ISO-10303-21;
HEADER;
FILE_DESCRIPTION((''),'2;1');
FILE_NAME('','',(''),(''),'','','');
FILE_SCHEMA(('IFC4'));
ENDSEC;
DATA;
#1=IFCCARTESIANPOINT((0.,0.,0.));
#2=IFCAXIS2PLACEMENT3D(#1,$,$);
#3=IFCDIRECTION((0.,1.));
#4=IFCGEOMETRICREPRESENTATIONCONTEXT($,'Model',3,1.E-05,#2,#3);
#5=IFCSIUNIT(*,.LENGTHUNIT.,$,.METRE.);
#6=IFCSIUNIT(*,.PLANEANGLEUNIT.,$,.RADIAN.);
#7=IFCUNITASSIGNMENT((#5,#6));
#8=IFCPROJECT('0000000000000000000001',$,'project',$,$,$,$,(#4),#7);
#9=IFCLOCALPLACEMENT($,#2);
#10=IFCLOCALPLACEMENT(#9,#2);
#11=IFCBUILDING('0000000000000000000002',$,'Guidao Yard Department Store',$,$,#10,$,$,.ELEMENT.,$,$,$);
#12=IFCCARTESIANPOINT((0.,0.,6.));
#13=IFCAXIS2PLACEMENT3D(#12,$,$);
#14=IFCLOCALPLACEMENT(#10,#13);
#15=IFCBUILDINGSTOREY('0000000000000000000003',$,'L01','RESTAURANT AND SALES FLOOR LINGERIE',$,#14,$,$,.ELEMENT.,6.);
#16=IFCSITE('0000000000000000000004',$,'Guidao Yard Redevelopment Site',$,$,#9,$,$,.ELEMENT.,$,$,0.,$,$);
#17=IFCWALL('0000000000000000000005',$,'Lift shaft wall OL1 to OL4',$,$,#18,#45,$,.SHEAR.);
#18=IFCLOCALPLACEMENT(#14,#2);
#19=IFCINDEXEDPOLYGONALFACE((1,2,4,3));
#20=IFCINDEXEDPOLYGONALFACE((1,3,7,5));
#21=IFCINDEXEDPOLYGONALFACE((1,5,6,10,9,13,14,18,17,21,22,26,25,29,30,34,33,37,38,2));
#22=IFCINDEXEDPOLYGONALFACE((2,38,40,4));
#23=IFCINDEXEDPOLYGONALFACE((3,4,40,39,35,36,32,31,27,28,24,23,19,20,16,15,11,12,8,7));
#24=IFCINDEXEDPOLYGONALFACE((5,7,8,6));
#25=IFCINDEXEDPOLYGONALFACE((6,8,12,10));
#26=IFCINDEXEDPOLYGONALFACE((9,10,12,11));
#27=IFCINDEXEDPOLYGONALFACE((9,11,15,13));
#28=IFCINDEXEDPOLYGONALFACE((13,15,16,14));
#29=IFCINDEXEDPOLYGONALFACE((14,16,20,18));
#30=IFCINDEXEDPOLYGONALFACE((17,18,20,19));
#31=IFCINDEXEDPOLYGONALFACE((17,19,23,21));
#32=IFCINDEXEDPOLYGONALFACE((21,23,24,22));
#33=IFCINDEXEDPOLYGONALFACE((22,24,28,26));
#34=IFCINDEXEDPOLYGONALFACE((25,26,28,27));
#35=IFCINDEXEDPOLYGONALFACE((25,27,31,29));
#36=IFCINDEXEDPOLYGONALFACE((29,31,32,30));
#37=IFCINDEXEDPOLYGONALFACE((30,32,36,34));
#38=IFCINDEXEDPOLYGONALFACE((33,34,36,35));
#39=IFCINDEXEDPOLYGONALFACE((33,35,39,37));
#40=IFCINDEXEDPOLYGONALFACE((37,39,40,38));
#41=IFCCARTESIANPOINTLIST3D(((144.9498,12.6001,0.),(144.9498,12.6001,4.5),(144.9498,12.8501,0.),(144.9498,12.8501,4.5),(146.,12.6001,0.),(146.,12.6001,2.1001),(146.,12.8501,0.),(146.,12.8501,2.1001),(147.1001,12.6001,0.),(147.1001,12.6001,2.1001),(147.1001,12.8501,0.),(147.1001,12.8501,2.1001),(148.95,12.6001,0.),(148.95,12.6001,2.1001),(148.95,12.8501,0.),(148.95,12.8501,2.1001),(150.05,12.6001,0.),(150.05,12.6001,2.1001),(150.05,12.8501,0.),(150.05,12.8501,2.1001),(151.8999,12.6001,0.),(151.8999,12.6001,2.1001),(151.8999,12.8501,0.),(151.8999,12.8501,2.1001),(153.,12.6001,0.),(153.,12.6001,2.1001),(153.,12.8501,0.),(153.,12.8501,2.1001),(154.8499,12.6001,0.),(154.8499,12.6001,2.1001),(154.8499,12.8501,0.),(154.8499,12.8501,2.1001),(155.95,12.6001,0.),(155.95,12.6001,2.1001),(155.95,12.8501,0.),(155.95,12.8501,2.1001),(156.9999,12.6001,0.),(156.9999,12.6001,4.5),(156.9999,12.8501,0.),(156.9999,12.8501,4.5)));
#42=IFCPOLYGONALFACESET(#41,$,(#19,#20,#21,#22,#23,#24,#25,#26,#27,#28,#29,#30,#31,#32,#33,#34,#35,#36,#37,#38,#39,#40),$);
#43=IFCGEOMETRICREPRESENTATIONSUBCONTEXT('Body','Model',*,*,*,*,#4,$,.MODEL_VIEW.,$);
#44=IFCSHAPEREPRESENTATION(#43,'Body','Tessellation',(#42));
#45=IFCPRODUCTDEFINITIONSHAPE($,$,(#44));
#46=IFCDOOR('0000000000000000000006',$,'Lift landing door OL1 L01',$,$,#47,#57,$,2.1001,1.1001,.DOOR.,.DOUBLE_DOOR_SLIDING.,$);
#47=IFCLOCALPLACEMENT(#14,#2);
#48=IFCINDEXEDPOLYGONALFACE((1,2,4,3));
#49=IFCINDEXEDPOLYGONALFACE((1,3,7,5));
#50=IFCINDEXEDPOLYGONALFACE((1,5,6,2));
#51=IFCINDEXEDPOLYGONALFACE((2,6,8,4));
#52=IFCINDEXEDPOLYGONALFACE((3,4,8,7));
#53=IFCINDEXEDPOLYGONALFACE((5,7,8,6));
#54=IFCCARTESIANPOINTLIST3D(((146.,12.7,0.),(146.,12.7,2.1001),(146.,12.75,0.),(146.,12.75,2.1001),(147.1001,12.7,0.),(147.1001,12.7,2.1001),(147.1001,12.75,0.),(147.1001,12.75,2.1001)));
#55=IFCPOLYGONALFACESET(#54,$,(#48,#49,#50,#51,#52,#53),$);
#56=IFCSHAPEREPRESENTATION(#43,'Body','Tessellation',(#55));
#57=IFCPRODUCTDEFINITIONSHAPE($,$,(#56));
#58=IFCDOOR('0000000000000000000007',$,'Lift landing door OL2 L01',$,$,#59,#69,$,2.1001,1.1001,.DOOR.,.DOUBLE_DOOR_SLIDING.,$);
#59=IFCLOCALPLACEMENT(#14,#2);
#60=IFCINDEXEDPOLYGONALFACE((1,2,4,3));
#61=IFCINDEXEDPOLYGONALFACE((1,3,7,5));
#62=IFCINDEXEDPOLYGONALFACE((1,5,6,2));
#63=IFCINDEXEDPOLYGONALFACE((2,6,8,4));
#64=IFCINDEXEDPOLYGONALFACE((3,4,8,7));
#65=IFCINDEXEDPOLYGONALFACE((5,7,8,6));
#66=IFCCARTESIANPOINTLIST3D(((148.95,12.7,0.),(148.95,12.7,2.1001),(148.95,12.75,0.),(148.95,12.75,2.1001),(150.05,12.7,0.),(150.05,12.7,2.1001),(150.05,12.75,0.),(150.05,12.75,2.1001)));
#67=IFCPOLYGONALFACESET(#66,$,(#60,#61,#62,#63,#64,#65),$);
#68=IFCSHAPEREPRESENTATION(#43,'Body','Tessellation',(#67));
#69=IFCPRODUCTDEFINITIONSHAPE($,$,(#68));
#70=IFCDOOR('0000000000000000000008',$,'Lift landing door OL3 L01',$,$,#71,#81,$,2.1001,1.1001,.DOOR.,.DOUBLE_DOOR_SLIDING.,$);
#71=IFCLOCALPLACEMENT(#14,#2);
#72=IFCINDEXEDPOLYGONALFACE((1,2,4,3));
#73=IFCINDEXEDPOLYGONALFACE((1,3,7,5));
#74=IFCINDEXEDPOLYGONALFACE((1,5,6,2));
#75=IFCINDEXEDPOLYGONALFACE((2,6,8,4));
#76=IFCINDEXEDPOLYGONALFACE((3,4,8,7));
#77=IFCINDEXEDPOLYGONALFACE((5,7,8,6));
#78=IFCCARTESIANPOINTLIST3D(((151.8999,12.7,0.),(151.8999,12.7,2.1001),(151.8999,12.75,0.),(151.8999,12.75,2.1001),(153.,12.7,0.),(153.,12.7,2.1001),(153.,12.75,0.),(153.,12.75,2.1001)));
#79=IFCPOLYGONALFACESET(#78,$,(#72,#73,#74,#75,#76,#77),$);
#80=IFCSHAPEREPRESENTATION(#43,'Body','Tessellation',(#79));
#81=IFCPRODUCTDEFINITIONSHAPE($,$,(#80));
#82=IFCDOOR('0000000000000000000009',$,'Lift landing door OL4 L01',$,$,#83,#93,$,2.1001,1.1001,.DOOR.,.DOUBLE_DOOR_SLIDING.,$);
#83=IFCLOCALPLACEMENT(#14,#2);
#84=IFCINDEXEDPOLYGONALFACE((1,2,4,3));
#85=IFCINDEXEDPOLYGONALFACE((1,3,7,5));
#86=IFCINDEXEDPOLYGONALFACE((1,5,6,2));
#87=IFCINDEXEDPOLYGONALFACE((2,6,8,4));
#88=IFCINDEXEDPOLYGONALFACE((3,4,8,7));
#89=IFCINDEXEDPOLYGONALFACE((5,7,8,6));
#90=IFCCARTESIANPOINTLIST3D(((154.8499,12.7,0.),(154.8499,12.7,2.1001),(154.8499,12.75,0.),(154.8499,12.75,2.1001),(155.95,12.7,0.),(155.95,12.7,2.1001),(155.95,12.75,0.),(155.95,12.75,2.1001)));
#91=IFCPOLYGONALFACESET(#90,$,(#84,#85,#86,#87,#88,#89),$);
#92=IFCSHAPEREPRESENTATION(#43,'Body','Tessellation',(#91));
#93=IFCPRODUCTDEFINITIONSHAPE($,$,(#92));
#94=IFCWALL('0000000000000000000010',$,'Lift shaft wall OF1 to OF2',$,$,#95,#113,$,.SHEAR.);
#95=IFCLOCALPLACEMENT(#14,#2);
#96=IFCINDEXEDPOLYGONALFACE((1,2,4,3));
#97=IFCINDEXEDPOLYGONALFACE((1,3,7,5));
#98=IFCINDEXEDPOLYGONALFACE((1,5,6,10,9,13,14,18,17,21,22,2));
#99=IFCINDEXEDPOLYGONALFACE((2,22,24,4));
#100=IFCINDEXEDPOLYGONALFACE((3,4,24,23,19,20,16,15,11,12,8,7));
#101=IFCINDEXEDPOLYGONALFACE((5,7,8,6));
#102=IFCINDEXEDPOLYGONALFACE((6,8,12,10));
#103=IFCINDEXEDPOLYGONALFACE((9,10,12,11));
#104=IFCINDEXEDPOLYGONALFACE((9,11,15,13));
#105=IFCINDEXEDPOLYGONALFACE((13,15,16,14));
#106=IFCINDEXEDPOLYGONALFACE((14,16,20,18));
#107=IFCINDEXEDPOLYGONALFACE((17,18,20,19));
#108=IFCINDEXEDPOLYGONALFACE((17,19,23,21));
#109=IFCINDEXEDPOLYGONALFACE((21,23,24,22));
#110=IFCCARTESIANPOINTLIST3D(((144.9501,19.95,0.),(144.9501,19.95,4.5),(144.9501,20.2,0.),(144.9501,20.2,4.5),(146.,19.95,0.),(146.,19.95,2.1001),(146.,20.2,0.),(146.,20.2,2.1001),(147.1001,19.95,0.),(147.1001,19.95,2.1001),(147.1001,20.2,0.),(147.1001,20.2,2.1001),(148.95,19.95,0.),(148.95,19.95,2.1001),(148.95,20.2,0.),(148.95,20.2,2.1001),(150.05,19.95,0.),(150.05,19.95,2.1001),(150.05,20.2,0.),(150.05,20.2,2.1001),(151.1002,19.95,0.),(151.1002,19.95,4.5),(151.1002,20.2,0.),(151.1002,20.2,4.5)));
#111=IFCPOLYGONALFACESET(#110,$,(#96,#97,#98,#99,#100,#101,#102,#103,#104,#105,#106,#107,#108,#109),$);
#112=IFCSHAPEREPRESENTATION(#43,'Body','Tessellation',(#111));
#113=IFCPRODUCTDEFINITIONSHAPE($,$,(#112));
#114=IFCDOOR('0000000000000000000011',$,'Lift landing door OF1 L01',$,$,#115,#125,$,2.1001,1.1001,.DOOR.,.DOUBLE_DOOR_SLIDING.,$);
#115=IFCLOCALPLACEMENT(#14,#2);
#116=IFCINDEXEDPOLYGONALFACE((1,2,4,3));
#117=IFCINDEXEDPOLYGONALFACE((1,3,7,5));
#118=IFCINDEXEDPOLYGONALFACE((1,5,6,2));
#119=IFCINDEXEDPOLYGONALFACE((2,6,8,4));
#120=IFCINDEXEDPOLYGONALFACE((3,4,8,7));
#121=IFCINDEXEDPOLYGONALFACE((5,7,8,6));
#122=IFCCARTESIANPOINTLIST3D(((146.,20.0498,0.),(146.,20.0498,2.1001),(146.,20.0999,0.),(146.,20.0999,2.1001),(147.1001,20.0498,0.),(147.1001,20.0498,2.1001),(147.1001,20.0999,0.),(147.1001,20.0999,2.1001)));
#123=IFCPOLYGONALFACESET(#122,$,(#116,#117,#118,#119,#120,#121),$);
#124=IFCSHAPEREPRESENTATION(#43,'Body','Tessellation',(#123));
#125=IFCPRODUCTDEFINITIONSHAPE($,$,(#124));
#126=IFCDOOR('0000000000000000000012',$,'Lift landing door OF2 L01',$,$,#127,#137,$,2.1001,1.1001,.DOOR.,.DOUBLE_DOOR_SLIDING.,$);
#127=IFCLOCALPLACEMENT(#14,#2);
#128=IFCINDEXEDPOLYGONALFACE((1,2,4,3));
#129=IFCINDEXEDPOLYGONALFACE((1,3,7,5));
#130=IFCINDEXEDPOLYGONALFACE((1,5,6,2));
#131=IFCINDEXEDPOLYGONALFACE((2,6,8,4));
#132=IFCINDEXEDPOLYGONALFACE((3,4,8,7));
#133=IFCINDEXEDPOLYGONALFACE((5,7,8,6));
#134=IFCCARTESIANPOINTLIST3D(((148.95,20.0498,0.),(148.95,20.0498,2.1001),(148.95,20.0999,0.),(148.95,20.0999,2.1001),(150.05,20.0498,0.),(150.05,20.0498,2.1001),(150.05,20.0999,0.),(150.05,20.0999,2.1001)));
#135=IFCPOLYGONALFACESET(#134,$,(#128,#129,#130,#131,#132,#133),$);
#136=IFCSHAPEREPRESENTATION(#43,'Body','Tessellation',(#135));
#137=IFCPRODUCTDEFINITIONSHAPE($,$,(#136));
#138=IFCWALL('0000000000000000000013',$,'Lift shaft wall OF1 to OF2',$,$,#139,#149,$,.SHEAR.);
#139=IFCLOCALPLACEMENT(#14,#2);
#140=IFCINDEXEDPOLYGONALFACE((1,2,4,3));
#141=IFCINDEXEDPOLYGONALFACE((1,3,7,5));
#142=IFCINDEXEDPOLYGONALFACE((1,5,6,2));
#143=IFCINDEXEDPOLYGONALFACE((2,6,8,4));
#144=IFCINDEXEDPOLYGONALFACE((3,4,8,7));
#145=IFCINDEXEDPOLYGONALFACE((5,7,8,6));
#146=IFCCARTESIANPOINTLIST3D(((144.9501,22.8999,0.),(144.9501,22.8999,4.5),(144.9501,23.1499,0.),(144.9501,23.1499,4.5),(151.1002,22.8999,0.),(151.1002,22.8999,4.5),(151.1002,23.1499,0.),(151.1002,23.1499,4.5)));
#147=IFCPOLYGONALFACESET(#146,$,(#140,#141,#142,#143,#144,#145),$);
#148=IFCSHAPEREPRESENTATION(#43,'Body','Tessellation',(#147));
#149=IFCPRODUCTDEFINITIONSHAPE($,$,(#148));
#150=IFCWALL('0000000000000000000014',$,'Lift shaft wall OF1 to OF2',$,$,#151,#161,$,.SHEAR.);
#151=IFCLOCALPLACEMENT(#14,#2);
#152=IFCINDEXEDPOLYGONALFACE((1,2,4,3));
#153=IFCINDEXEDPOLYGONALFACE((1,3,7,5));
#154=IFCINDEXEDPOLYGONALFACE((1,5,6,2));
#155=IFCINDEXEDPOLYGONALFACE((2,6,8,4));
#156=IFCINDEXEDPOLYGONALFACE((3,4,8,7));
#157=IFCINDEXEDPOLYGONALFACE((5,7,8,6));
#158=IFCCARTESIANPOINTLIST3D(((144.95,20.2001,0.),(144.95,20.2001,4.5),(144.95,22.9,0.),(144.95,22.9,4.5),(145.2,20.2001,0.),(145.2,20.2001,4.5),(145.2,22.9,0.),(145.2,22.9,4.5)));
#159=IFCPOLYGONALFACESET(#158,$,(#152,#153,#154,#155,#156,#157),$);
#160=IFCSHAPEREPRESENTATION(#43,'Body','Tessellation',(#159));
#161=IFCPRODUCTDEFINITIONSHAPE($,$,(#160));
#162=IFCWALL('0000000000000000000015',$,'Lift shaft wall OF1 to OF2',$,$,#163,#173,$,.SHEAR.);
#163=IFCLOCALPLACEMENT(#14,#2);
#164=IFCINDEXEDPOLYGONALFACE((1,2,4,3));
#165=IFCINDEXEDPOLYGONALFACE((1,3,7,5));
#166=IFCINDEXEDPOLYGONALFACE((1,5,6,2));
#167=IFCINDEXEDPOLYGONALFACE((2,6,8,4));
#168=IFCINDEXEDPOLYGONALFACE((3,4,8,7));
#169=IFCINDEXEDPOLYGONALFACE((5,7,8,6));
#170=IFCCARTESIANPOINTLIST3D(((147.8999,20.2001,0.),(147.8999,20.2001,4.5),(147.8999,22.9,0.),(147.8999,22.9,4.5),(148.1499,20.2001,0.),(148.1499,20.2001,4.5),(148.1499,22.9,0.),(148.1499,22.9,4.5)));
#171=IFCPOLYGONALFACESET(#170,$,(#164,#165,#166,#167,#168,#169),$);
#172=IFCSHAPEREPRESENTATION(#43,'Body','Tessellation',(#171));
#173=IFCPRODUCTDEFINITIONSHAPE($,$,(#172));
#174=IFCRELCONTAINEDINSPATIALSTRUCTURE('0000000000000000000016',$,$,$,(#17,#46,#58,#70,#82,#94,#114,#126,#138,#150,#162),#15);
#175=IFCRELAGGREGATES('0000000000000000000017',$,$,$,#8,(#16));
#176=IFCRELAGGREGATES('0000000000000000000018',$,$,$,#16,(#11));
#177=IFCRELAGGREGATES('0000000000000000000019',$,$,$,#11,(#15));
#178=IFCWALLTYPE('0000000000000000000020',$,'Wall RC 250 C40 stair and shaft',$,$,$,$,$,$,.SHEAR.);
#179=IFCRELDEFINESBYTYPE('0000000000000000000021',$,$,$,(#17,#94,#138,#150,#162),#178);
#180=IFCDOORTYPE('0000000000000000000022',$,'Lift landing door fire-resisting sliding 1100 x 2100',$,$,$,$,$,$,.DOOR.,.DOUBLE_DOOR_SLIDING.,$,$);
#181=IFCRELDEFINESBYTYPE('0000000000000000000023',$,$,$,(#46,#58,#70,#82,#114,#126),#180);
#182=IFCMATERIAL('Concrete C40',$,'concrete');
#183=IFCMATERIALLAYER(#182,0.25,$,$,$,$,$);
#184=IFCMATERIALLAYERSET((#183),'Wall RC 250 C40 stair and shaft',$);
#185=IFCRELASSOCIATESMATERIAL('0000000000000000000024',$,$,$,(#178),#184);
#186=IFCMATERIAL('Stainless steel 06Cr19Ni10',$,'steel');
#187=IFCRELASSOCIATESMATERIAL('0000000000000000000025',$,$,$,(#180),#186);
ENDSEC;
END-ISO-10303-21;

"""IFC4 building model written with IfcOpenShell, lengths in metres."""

from ifc_helpers import new_model, si_unit, direction, frame, frame_2d, origin, place, context, subcontext, project, spatial, rectangle, extrude, material, layer, layer_set, type_object, element, fill, save


model = new_model("IFC4")

# Units and contexts
model_context = context("Model", 3, precision=1e-05, world=origin(), true_north=direction((0.0, 1.0)))
body_context = subcontext(model_context, "Body", "Model", "MODEL_VIEW")
ifc_project = project(units=[si_unit("LENGTHUNIT", "METRE"), si_unit("PLANEANGLEUNIT", "RADIAN")], contexts=[model_context])

# Site, building, storey
site_placement = place(None, origin())
site = spatial("IfcSite", under=ifc_project, at=site_placement, Name="Guidao Yard Redevelopment Site", CompositionType="ELEMENT", RefElevation=0.0)
building_placement = place(site_placement, origin())
building = spatial("IfcBuilding", under=site, at=building_placement, Name="Guidao Yard Department Store", CompositionType="ELEMENT")
storey_placement = place(building_placement, frame((0.0, 0.0, 6.0)))
storey = spatial("IfcBuildingStorey", under=building, at=storey_placement, Name="L01", Description="RESTAURANT AND SALES FLOOR LINGERIE", CompositionType="ELEMENT", Elevation=6.0)

# Walls, openings, doors
ifc_material_1 = material(Name="Concrete C40", Category="concrete")
ifc_layer_1 = layer(ifc_material_1, 0.25)
ifc_layer_set_1 = layer_set([ifc_layer_1], Name="Wall RC 250 C40 stair and shaft")
wall_type_1 = type_object("IfcWallType", Name="Wall RC 250 C40 stair and shaft", PredefinedType="SHEAR", material=ifc_layer_set_1)
wall_1_placement = place(storey_placement, frame((144.95, 12.7251, 0.0), z_axis=(0.0, 0.0, 1.0), x_axis=(1.0, 0.0, 0.0)))
wall_1 = element("IfcWall", 1, at=wall_1_placement, inside=storey, type_object=wall_type_1, Name="Lift shaft wall OL1 to OL4", PredefinedType="SHEAR", context=body_context, shape_type="SweptSolid", body=[
    extrude(rectangle(XDim=12.05, YDim=0.25, at=frame_2d((6.0249, 0.0))), origin(), (0.0, 0.0, 1.0), 4.5),
])
opening_1_placement = place(wall_1_placement, frame((1.05, 0.0, 0.0)))
opening_1 = element("IfcOpeningElement", 2, at=opening_1_placement, cuts=wall_1, PredefinedType="OPENING", context=body_context, shape_type="SweptSolid", body=[
    extrude(rectangle(XDim=1.1001, YDim=2.1001, at=frame_2d((0.55, 1.05))), frame((0.0, 0.135, 0.0), z_axis=(0.0, -1.0, 0.0), x_axis=(1.0, 0.0, 0.0)), (0.0, 0.0, 1.0), 0.27),
])
opening_2_placement = place(wall_1_placement, frame((4.0, 0.0, 0.0)))
opening_2 = element("IfcOpeningElement", 3, at=opening_2_placement, cuts=wall_1, PredefinedType="OPENING", context=body_context, shape_type="SweptSolid", body=[
    extrude(rectangle(XDim=1.1001, YDim=2.1001, at=frame_2d((0.55, 1.05))), frame((0.0, 0.135, 0.0), z_axis=(0.0, -1.0, 0.0), x_axis=(1.0, 0.0, 0.0)), (0.0, 0.0, 1.0), 0.27),
])
opening_3_placement = place(wall_1_placement, frame((6.95, 0.0, 0.0)))
opening_3 = element("IfcOpeningElement", 4, at=opening_3_placement, cuts=wall_1, PredefinedType="OPENING", context=body_context, shape_type="SweptSolid", body=[
    extrude(rectangle(XDim=1.1001, YDim=2.1001, at=frame_2d((0.55, 1.05))), frame((0.0, 0.135, 0.0), z_axis=(0.0, -1.0, 0.0), x_axis=(1.0, 0.0, 0.0)), (0.0, 0.0, 1.0), 0.27),
])
opening_4_placement = place(wall_1_placement, frame((9.8999, 0.0, 0.0)))
opening_4 = element("IfcOpeningElement", 5, at=opening_4_placement, cuts=wall_1, PredefinedType="OPENING", context=body_context, shape_type="SweptSolid", body=[
    extrude(rectangle(XDim=1.1001, YDim=2.1001, at=frame_2d((0.55, 1.05))), frame((0.0, 0.135, 0.0), z_axis=(0.0, -1.0, 0.0), x_axis=(1.0, 0.0, 0.0)), (0.0, 0.0, 1.0), 0.27),
])
ifc_material_2 = material(Name="Stainless steel 06Cr19Ni10", Category="steel")
door_type_1 = type_object("IfcDoorType", Name="Lift landing door fire-resisting sliding 1100 x 2100", OperationType="DOUBLE_DOOR_SLIDING", PredefinedType="DOOR", material=ifc_material_2)
door_1_placement = place(opening_1_placement, origin())
door_1 = element("IfcDoor", 6, at=door_1_placement, inside=storey, type_object=door_type_1, Name="Lift landing door OL1 L01", OperationType="DOUBLE_DOOR_SLIDING", OverallHeight=2.1001, OverallWidth=1.1001, PredefinedType="DOOR", context=body_context, shape_type="SweptSolid", body=[
    extrude(rectangle(XDim=1.1001, YDim=2.1001, at=frame_2d((0.55, 1.05))), frame((0.0, 0.0249, 0.0), z_axis=(0.0, -1.0, 0.0), x_axis=(1.0, 0.0, 0.0)), (0.0, 0.0, 1.0), 0.05),
])
fill(opening_1, door_1)
door_2_placement = place(opening_2_placement, origin())
door_2 = element("IfcDoor", 7, at=door_2_placement, inside=storey, type_object=door_type_1, Name="Lift landing door OL2 L01", OperationType="DOUBLE_DOOR_SLIDING", OverallHeight=2.1001, OverallWidth=1.1001, PredefinedType="DOOR", context=body_context, shape_type="SweptSolid", body=[
    extrude(rectangle(XDim=1.1001, YDim=2.1001, at=frame_2d((0.55, 1.05))), frame((0.0, 0.0249, 0.0), z_axis=(0.0, -1.0, 0.0), x_axis=(1.0, 0.0, 0.0)), (0.0, 0.0, 1.0), 0.05),
])
fill(opening_2, door_2)
door_3_placement = place(opening_3_placement, origin())
door_3 = element("IfcDoor", 8, at=door_3_placement, inside=storey, type_object=door_type_1, Name="Lift landing door OL3 L01", OperationType="DOUBLE_DOOR_SLIDING", OverallHeight=2.1001, OverallWidth=1.1001, PredefinedType="DOOR", context=body_context, shape_type="SweptSolid", body=[
    extrude(rectangle(XDim=1.1001, YDim=2.1001, at=frame_2d((0.55, 1.05))), frame((0.0, 0.0249, 0.0), z_axis=(0.0, -1.0, 0.0), x_axis=(1.0, 0.0, 0.0)), (0.0, 0.0, 1.0), 0.05),
])
fill(opening_3, door_3)
door_4_placement = place(opening_4_placement, origin())
door_4 = element("IfcDoor", 9, at=door_4_placement, inside=storey, type_object=door_type_1, Name="Lift landing door OL4 L01", OperationType="DOUBLE_DOOR_SLIDING", OverallHeight=2.1001, OverallWidth=1.1001, PredefinedType="DOOR", context=body_context, shape_type="SweptSolid", body=[
    extrude(rectangle(XDim=1.1001, YDim=2.1001, at=frame_2d((0.55, 1.05))), frame((0.0, 0.0249, 0.0), z_axis=(0.0, -1.0, 0.0), x_axis=(1.0, 0.0, 0.0)), (0.0, 0.0, 1.0), 0.05),
])
fill(opening_4, door_4)
wall_2_placement = place(storey_placement, frame((144.95, 20.075, 0.0), z_axis=(0.0, 0.0, 1.0), x_axis=(1.0, 0.0, 0.0)))
wall_2 = element("IfcWall", 10, at=wall_2_placement, inside=storey, type_object=wall_type_1, Name="Lift shaft wall OF1 to OF2", PredefinedType="SHEAR", context=body_context, shape_type="SweptSolid", body=[
    extrude(rectangle(XDim=6.1501, YDim=0.25, at=frame_2d((3.0752, 0.0))), origin(), (0.0, 0.0, 1.0), 4.5),
])
opening_5_placement = place(wall_2_placement, frame((1.05, 0.0, 0.0)))
opening_5 = element("IfcOpeningElement", 11, at=opening_5_placement, cuts=wall_2, PredefinedType="OPENING", context=body_context, shape_type="SweptSolid", body=[
    extrude(rectangle(XDim=1.1001, YDim=2.1001, at=frame_2d((0.55, 1.05))), frame((0.0, 0.135, 0.0), z_axis=(0.0, -1.0, 0.0), x_axis=(1.0, 0.0, 0.0)), (0.0, 0.0, 1.0), 0.27),
])
opening_6_placement = place(wall_2_placement, frame((4.0, 0.0, 0.0)))
opening_6 = element("IfcOpeningElement", 12, at=opening_6_placement, cuts=wall_2, PredefinedType="OPENING", context=body_context, shape_type="SweptSolid", body=[
    extrude(rectangle(XDim=1.1001, YDim=2.1001, at=frame_2d((0.55, 1.05))), frame((0.0, 0.135, 0.0), z_axis=(0.0, -1.0, 0.0), x_axis=(1.0, 0.0, 0.0)), (0.0, 0.0, 1.0), 0.27),
])
door_5_placement = place(opening_5_placement, origin())
door_5 = element("IfcDoor", 13, at=door_5_placement, inside=storey, type_object=door_type_1, Name="Lift landing door OF1 L01", OperationType="DOUBLE_DOOR_SLIDING", OverallHeight=2.1001, OverallWidth=1.1001, PredefinedType="DOOR", context=body_context, shape_type="SweptSolid", body=[
    extrude(rectangle(XDim=1.1001, YDim=2.1001, at=frame_2d((0.55, 1.05))), frame((0.0, 0.0249, 0.0), z_axis=(0.0, -1.0, 0.0), x_axis=(1.0, 0.0, 0.0)), (0.0, 0.0, 1.0), 0.05),
])
fill(opening_5, door_5)
door_6_placement = place(opening_6_placement, origin())
door_6 = element("IfcDoor", 14, at=door_6_placement, inside=storey, type_object=door_type_1, Name="Lift landing door OF2 L01", OperationType="DOUBLE_DOOR_SLIDING", OverallHeight=2.1001, OverallWidth=1.1001, PredefinedType="DOOR", context=body_context, shape_type="SweptSolid", body=[
    extrude(rectangle(XDim=1.1001, YDim=2.1001, at=frame_2d((0.55, 1.05))), frame((0.0, 0.0249, 0.0), z_axis=(0.0, -1.0, 0.0), x_axis=(1.0, 0.0, 0.0)), (0.0, 0.0, 1.0), 0.05),
])
fill(opening_6, door_6)

# Walls
wall_3_placement = place(storey_placement, frame((144.95, 23.0249, 0.0), z_axis=(0.0, 0.0, 1.0), x_axis=(1.0, 0.0, 0.0)))
element("IfcWall", 15, at=wall_3_placement, inside=storey, type_object=wall_type_1, Name="Lift shaft wall OF1 to OF2", PredefinedType="SHEAR", context=body_context, shape_type="SweptSolid", body=[
    extrude(rectangle(XDim=6.1501, YDim=0.25, at=frame_2d((3.0752, 0.0))), origin(), (0.0, 0.0, 1.0), 4.5),
])
for number, where, z_axis, x_axis, name in (
    (16, (145.075, 20.2, 0.0), (0.0, 0.0, 1.0), (0.0, 1.0, 0.0), "Lift shaft wall OF1 to OF2"),
    (17, (148.0249, 20.2, 0.0), (0.0, 0.0, 1.0), (0.0, 1.0, 0.0), "Lift shaft wall OF1 to OF2"),
):
    element("IfcWall", number, at=place(storey_placement, frame(where, z_axis=z_axis, x_axis=x_axis)), inside=storey, type_object=wall_type_1, Name=name, PredefinedType="SHEAR", context=body_context, shape_type="SweptSolid", body=[
        extrude(rectangle(XDim=2.7, YDim=0.25, at=frame_2d((1.3501, 0.0))), origin(), (0.0, 0.0, 1.0), 4.5),
    ])

save(model, "model.ifc")
